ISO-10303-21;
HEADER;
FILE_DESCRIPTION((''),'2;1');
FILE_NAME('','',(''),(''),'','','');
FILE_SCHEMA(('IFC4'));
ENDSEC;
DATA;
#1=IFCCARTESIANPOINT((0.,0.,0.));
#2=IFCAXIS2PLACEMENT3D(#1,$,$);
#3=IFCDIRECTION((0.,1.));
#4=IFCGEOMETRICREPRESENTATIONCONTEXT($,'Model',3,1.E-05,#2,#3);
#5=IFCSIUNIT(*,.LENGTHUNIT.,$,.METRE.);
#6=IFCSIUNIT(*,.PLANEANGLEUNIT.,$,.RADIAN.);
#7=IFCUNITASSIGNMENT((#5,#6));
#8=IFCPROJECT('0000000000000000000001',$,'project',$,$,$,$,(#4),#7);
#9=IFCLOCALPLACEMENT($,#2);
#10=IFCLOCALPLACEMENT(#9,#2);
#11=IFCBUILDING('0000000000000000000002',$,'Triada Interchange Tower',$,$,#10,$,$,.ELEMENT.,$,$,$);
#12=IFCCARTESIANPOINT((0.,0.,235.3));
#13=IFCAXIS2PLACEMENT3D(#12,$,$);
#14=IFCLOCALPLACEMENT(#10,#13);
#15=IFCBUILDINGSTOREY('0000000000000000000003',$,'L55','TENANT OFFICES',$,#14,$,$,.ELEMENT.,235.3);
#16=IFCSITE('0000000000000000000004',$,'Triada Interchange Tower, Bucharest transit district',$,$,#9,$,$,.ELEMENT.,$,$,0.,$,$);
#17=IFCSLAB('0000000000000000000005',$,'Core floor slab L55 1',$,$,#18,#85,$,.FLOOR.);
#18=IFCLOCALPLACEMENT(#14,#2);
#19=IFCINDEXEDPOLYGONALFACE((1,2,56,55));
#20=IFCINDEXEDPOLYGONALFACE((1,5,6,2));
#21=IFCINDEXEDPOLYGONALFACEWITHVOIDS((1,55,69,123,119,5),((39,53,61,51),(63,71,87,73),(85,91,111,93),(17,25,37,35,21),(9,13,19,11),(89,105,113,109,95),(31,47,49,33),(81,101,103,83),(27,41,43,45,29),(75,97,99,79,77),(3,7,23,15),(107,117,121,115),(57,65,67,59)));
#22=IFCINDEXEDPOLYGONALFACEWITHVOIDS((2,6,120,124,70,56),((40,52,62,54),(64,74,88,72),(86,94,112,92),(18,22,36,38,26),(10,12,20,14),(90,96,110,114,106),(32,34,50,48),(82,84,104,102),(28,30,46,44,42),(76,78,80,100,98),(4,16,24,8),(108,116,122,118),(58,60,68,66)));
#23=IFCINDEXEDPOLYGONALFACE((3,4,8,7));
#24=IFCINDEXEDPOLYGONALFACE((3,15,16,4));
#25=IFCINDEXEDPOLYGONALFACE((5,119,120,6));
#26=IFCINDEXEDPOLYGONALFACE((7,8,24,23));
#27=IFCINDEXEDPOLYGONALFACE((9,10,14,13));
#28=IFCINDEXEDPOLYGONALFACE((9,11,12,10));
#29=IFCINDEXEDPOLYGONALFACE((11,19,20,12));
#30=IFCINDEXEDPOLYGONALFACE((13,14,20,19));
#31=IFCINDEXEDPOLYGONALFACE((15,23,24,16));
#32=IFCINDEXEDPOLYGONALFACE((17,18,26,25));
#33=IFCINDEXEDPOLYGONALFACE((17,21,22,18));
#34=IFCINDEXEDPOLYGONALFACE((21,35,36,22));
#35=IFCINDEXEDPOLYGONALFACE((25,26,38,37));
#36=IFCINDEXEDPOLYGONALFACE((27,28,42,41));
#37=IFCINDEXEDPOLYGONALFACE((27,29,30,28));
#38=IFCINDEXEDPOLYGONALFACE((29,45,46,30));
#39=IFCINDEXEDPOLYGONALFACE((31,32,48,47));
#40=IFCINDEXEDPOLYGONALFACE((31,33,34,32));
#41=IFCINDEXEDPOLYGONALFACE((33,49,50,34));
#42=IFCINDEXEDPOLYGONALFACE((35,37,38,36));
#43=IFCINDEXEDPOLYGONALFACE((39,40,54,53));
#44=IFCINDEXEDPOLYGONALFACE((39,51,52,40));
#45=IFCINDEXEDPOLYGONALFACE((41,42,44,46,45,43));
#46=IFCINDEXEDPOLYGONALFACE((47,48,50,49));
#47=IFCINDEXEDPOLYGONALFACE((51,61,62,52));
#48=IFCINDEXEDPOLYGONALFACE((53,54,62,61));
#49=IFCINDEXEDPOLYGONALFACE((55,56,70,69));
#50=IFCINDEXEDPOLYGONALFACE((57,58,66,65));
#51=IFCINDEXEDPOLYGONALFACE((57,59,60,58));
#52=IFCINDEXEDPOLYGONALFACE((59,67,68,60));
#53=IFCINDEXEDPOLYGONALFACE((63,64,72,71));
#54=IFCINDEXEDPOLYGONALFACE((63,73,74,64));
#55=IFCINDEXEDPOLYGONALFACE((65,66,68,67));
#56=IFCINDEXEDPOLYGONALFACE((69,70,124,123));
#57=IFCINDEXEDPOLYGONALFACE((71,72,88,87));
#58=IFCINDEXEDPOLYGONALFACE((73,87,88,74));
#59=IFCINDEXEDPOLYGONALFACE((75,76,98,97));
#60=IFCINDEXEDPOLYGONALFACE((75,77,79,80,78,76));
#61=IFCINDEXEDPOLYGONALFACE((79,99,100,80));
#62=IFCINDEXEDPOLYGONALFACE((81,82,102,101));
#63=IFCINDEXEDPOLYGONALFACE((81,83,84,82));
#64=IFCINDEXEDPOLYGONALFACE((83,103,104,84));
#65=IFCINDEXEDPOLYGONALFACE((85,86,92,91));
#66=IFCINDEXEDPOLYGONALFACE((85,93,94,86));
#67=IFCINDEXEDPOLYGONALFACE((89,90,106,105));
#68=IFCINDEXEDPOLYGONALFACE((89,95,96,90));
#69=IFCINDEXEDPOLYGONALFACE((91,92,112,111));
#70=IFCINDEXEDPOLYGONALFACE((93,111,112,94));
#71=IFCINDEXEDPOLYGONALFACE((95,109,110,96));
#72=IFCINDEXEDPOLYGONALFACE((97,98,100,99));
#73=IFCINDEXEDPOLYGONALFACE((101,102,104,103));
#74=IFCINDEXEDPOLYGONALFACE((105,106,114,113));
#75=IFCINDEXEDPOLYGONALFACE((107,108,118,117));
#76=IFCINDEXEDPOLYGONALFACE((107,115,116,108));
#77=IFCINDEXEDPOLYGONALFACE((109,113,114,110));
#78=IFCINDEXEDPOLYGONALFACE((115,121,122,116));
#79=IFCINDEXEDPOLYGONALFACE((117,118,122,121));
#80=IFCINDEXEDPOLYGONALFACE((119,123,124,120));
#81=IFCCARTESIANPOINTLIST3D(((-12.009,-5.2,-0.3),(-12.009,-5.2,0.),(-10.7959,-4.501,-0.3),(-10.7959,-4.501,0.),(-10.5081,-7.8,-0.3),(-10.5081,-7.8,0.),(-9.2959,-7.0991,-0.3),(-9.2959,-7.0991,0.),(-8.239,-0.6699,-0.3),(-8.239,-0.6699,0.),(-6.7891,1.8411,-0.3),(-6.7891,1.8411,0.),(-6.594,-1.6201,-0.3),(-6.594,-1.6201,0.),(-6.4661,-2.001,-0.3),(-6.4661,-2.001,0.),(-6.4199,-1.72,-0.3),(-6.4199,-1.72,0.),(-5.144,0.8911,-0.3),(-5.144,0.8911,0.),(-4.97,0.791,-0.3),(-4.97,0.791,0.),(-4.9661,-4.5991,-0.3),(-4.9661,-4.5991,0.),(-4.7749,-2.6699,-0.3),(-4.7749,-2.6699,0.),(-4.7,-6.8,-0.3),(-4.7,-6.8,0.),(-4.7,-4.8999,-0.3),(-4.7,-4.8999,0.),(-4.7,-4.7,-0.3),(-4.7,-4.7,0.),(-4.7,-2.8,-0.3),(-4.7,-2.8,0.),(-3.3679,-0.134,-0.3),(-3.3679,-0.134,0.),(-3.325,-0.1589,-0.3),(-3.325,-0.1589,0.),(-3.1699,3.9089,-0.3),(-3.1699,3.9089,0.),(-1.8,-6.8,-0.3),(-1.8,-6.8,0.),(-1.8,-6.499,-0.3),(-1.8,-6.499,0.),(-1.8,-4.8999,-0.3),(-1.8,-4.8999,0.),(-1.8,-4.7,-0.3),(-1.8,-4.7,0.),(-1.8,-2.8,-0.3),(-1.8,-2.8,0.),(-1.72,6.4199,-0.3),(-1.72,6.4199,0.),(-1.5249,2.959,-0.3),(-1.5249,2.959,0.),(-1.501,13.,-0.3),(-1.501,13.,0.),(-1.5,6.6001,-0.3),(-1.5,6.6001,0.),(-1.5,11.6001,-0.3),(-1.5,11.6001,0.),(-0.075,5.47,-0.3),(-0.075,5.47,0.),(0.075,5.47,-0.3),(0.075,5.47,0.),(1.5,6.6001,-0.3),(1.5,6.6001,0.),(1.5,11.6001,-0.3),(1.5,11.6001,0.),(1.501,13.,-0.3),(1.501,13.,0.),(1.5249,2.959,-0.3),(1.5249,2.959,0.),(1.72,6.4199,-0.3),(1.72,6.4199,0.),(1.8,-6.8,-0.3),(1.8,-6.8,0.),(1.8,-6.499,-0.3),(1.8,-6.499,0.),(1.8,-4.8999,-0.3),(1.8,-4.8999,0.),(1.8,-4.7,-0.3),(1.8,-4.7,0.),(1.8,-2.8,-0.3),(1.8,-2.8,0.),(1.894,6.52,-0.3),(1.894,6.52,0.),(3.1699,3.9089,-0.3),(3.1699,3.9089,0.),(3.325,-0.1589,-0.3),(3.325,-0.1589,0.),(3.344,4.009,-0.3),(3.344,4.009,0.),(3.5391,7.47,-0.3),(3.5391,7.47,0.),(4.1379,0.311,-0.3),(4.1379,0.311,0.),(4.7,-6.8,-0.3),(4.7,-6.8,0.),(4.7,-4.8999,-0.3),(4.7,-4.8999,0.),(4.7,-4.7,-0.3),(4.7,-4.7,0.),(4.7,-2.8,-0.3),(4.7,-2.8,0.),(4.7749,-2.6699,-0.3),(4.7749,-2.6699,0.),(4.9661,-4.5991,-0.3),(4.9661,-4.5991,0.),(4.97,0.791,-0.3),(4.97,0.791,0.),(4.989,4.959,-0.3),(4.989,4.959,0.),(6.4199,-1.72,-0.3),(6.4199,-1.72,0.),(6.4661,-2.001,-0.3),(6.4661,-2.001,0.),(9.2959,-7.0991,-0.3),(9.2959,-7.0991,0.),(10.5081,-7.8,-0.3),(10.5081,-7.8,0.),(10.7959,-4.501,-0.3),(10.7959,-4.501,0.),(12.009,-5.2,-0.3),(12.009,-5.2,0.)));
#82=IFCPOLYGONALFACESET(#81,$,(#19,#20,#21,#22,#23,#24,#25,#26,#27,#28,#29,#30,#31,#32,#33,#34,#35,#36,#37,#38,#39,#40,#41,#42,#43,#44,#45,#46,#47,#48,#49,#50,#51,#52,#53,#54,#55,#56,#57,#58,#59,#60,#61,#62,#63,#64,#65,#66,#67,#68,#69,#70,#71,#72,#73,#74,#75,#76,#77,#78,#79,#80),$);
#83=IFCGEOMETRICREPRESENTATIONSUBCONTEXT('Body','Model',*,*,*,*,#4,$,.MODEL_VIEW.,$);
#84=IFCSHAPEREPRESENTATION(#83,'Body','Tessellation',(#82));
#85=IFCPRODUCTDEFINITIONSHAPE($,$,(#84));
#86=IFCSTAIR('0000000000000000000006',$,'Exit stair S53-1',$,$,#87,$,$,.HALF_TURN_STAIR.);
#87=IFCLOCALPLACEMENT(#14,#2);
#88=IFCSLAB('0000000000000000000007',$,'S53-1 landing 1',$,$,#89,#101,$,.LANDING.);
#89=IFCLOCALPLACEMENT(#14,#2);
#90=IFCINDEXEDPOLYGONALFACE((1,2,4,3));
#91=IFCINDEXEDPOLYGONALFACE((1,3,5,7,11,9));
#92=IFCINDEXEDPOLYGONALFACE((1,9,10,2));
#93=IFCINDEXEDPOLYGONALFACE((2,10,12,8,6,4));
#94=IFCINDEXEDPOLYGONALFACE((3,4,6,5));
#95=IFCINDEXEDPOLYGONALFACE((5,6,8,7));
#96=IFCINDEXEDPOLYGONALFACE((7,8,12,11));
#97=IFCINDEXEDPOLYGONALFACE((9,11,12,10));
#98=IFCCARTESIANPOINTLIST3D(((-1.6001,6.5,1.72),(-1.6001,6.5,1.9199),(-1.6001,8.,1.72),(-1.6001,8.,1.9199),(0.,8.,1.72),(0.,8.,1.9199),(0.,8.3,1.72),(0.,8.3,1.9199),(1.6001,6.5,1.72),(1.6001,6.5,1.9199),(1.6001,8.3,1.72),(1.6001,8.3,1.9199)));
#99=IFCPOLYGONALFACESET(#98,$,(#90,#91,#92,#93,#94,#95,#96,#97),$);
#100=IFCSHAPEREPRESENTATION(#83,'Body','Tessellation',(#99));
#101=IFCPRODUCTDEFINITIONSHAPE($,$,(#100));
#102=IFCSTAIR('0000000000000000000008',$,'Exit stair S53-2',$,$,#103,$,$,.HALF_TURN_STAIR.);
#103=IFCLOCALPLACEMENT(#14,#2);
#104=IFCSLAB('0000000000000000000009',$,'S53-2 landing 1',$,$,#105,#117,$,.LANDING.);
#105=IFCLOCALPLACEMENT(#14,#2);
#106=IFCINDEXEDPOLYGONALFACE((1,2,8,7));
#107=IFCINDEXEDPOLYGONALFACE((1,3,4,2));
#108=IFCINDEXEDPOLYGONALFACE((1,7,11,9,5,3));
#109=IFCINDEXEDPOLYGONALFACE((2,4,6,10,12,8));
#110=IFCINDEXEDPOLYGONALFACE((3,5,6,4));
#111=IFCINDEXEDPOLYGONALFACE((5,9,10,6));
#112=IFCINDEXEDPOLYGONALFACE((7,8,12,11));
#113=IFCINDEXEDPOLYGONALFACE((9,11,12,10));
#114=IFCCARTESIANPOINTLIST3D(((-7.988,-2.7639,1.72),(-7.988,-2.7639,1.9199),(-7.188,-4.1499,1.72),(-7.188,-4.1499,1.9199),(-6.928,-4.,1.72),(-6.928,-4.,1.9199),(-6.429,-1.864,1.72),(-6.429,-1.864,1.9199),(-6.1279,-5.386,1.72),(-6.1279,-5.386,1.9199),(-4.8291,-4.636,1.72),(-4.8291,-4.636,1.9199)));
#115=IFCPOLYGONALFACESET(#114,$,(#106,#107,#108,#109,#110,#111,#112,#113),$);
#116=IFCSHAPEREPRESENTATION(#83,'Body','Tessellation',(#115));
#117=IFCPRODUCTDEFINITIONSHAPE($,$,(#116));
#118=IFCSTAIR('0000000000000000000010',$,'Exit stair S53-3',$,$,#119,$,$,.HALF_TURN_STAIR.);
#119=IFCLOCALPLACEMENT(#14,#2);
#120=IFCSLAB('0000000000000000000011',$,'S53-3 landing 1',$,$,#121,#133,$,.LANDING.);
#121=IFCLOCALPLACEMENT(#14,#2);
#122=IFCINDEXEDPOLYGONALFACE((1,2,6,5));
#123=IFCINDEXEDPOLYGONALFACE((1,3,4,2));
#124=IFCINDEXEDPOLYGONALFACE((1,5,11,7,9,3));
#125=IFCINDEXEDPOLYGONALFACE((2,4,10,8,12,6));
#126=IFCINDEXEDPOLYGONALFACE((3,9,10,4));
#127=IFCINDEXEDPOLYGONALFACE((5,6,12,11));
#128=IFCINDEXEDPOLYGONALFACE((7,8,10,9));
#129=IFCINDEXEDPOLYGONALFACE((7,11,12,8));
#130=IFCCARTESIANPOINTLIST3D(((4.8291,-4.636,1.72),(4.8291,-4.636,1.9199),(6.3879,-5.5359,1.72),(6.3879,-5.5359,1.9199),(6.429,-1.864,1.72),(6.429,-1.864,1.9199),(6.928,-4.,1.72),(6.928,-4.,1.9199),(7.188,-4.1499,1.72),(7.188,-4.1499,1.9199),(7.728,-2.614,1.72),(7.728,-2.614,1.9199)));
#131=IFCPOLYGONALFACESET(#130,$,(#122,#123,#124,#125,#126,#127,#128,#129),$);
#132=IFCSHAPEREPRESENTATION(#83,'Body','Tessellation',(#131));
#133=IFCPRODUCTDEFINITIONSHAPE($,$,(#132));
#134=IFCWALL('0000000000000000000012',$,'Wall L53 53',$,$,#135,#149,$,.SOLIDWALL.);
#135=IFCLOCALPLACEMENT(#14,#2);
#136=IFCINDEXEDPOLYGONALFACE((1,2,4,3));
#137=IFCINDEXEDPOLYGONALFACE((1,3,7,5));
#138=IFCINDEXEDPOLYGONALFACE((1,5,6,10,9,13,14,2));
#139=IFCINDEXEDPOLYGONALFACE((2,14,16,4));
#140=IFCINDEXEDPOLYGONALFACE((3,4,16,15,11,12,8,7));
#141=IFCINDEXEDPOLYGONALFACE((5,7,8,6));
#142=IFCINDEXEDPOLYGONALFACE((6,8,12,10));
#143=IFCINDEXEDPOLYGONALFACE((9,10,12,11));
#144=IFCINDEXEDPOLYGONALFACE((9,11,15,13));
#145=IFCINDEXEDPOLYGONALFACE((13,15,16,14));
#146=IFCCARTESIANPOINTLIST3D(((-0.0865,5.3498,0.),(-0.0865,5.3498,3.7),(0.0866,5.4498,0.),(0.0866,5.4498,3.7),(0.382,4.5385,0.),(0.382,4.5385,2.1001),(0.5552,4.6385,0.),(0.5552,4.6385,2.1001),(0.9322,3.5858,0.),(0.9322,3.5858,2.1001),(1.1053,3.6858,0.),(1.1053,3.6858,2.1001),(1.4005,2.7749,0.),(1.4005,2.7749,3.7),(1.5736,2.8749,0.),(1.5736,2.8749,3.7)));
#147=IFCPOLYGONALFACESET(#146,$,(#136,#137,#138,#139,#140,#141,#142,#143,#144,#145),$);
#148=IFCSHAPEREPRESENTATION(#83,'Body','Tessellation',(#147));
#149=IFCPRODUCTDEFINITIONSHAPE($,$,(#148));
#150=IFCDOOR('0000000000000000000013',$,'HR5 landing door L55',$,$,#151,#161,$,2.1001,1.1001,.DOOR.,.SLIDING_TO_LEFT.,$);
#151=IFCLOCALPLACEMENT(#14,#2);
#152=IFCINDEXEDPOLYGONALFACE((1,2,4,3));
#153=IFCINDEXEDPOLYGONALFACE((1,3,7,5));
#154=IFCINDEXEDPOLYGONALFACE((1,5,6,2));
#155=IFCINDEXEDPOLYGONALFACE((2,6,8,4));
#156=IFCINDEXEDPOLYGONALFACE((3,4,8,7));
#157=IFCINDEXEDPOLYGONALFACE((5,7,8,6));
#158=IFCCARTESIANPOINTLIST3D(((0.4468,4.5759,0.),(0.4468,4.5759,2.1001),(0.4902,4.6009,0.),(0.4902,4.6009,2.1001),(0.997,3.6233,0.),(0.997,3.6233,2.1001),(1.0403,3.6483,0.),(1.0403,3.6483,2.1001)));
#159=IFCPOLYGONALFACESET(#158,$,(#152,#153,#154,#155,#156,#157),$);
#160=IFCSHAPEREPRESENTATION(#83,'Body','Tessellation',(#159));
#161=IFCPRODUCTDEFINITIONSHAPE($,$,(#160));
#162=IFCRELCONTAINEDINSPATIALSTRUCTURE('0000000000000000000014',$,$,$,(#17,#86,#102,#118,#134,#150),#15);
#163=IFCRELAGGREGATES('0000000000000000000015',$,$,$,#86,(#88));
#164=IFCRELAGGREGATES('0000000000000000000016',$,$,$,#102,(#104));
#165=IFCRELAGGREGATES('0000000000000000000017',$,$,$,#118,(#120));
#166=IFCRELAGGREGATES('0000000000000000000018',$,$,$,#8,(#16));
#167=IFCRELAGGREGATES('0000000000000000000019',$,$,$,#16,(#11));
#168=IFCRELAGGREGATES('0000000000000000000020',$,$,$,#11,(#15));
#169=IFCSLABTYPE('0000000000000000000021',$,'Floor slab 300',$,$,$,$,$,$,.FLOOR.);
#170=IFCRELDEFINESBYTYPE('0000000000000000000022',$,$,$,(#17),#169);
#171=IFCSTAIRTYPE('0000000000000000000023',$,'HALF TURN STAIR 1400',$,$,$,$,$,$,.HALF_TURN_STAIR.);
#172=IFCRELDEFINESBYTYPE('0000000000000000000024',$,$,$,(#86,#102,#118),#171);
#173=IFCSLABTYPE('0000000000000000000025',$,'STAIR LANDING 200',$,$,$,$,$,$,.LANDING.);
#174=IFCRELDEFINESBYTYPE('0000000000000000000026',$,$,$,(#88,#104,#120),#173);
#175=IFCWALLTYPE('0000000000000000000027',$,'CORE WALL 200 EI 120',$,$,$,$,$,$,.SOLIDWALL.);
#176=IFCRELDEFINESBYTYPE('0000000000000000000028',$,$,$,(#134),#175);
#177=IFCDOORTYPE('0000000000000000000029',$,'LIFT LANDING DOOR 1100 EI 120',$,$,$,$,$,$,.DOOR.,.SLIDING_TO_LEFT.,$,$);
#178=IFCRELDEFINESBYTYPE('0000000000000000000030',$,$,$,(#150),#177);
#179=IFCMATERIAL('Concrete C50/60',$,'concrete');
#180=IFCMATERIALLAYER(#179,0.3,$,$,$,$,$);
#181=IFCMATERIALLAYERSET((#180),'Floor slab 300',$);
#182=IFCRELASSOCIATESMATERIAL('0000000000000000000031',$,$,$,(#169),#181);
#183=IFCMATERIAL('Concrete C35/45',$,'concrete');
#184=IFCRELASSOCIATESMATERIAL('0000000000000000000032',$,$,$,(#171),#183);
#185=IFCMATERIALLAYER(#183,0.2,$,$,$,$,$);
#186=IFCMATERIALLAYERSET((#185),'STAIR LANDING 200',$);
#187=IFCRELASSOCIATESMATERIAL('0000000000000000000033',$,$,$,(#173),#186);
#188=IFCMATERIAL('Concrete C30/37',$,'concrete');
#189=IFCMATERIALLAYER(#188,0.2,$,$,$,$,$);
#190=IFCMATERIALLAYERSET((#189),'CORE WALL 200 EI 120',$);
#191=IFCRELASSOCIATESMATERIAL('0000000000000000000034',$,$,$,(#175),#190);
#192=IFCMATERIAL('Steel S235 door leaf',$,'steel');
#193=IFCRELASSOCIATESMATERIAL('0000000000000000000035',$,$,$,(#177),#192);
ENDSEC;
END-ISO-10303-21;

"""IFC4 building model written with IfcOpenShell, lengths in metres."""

from ifc_helpers import new_model, si_unit, direction, frame, frame_2d, origin, place, context, subcontext, project, spatial, polyline, rectangle, outline, extrude, material, layer, layer_set, type_object, element, fill, aggregate, save


model = new_model("IFC4")

# Units and contexts
model_context = context("Model", 3, precision=1e-05, world=origin(), true_north=direction((0.0, 1.0)))
body_context = subcontext(model_context, "Body", "Model", "MODEL_VIEW")
ifc_project = project(units=[si_unit("LENGTHUNIT", "METRE"), si_unit("PLANEANGLEUNIT", "RADIAN")], contexts=[model_context])

# Site, building, storey
site_placement = place(None, origin())
site = spatial("IfcSite", under=ifc_project, at=site_placement, Name="Triada Interchange Tower, Bucharest transit district", CompositionType="ELEMENT", RefElevation=0.0)
building_placement = place(site_placement, origin())
building = spatial("IfcBuilding", under=site, at=building_placement, Name="Triada Interchange Tower", CompositionType="ELEMENT")
storey_placement = place(building_placement, frame((0.0, 0.0, 235.3)))
storey = spatial("IfcBuildingStorey", under=building, at=storey_placement, Name="L55", Description="TENANT OFFICES", CompositionType="ELEMENT", Elevation=235.3)

# Slab
ifc_material_1 = material(Name="Concrete C50/60", Category="concrete")
ifc_layer_1 = layer(ifc_material_1, 0.3)
ifc_layer_set_1 = layer_set([ifc_layer_1], Name="Floor slab 300")
slab_type_1 = type_object("IfcSlabType", Name="Floor slab 300", PredefinedType="FLOOR", material=ifc_layer_set_1)
slab_1_placement = place(storey_placement, frame((0.0, 0.0, -0.3)))
element("IfcSlab", 1, at=slab_1_placement, inside=storey, type_object=slab_type_1, Name="Core floor slab L55 1", PredefinedType="FLOOR", context=body_context, shape_type="SweptSolid", body=[
    extrude(outline(polyline([(12.009, -5.2), (10.5081, -7.8), (-10.5081, -7.8), (-12.009, -5.2), (-1.501, 13.0), (1.501, 13.0), (12.009, -5.2)]), holes=[polyline([(9.2959, -7.0991), (10.7959, -4.501), (6.4661, -2.001), (4.9661, -4.5991), (9.2959, -7.0991)]), polyline([(4.7749, -2.6699), (6.4199, -1.72), (4.97, 0.791), (4.1379, 0.311), (3.325, -0.1589), (4.7749, -2.6699)]), polyline([(1.894, 6.52), (3.344, 4.009), (4.989, 4.959), (3.5391, 7.47), (1.894, 6.52)]), polyline([(1.8, -4.8999), (1.8, -6.499), (1.8, -6.8), (4.7, -6.8), (4.7, -4.8999), (1.8, -4.8999)]), polyline([(4.7, -2.8), (1.8, -2.8), (1.8, -4.7), (4.7, -4.7), (4.7, -2.8)]), polyline([(0.075, 5.47), (1.5249, 2.959), (3.1699, 3.9089), (1.72, 6.4199), (0.075, 5.47)]), polyline([(-1.5, 11.6001), (-1.5, 6.6001), (1.5, 6.6001), (1.5, 11.6001), (-1.5, 11.6001)]), polyline([(-1.5249, 2.959), (-0.075, 5.47), (-1.72, 6.4199), (-3.1699, 3.9089), (-1.5249, 2.959)]), polyline([(-1.8, -2.8), (-4.7, -2.8), (-4.7, -4.7), (-1.8, -4.7), (-1.8, -2.8)]), polyline([(-4.7, -6.8), (-1.8, -6.8), (-1.8, -6.499), (-1.8, -4.8999), (-4.7, -4.8999), (-4.7, -6.8)]), polyline([(-3.3679, -0.134), (-4.97, 0.791), (-6.4199, -1.72), (-4.7749, -2.6699), (-3.325, -0.1589), (-3.3679, -0.134)]), polyline([(-10.7959, -4.501), (-9.2959, -7.0991), (-4.9661, -4.5991), (-6.4661, -2.001), (-10.7959, -4.501)]), polyline([(-6.594, -1.6201), (-5.144, 0.8911), (-6.7891, 1.8411), (-8.239, -0.6699), (-6.594, -1.6201)])]), origin(), (0.0, 0.0, 1.0), 0.3),
])

# Stairs, slabs
ifc_material_2 = material(Name="Concrete C35/45", Category="concrete")
stair_type = type_object("IfcStairType", Name="HALF TURN STAIR 1400", PredefinedType="HALF_TURN_STAIR", material=ifc_material_2)
stair_1_placement = place(storey_placement, origin())
stair_1 = element("IfcStair", 2, at=stair_1_placement, inside=storey, type_object=stair_type, Name="Exit stair S53-1", PredefinedType="HALF_TURN_STAIR")
ifc_layer_2 = layer(ifc_material_2, 0.2)
ifc_layer_set_2 = layer_set([ifc_layer_2], Name="STAIR LANDING 200")
slab_type_2 = type_object("IfcSlabType", Name="STAIR LANDING 200", PredefinedType="LANDING", material=ifc_layer_set_2)
slab_2_placement = place(storey_placement, frame((0.0, 0.0, 1.72)))
slab_2 = element("IfcSlab", 3, at=slab_2_placement, type_object=slab_type_2, Name="S53-1 landing 1", PredefinedType="LANDING", context=body_context, shape_type="SweptSolid", body=[
    extrude(outline(polyline([(1.6001, 6.5), (1.6001, 8.3), (0.0, 8.3), (0.0, 8.0), (-1.6001, 8.0), (-1.6001, 6.5), (1.6001, 6.5)])), origin(), (0.0, 0.0, 1.0), 0.2),
])
aggregate(stair_1, [slab_2])
stair_2_placement = place(storey_placement, origin())
stair_2 = element("IfcStair", 4, at=stair_2_placement, inside=storey, type_object=stair_type, Name="Exit stair S53-2", PredefinedType="HALF_TURN_STAIR")
slab_3_placement = place(storey_placement, frame((0.0, 0.0, 1.72)))
slab_3 = element("IfcSlab", 5, at=slab_3_placement, type_object=slab_type_2, Name="S53-2 landing 1", PredefinedType="LANDING", context=body_context, shape_type="SweptSolid", body=[
    extrude(outline(polyline([(-6.429, -1.864), (-7.988, -2.7639), (-7.188, -4.1499), (-6.928, -4.0), (-6.1279, -5.386), (-4.8291, -4.636), (-6.429, -1.864)])), origin(), (0.0, 0.0, 1.0), 0.2),
])
aggregate(stair_2, [slab_3])
stair_3_placement = place(storey_placement, origin())
stair_3 = element("IfcStair", 6, at=stair_3_placement, inside=storey, type_object=stair_type, Name="Exit stair S53-3", PredefinedType="HALF_TURN_STAIR")
slab_4_placement = place(storey_placement, frame((0.0, 0.0, 1.72)))
slab_4 = element("IfcSlab", 7, at=slab_4_placement, type_object=slab_type_2, Name="S53-3 landing 1", PredefinedType="LANDING", context=body_context, shape_type="SweptSolid", body=[
    extrude(outline(polyline([(4.8291, -4.636), (6.3879, -5.5359), (7.188, -4.1499), (6.928, -4.0), (7.728, -2.614), (6.429, -1.864), (4.8291, -4.636)])), origin(), (0.0, 0.0, 1.0), 0.2),
])
aggregate(stair_3, [slab_4])

# Wall, opening, door
ifc_material_3 = material(Name="Concrete C30/37", Category="concrete")
ifc_layer_3 = layer(ifc_material_3, 0.2)
ifc_layer_set_3 = layer_set([ifc_layer_3], Name="CORE WALL 200 EI 120")
wall_type_1 = type_object("IfcWallType", Name="CORE WALL 200 EI 120", PredefinedType="SOLIDWALL", material=ifc_layer_set_3)
wall_1_placement = place(storey_placement, frame((0.0, 5.3999, 0.0), z_axis=(0.0, 0.0, 1.0), x_axis=(0.500104, -0.865965, 0.0)))
wall_1 = element("IfcWall", 8, at=wall_1_placement, inside=storey, type_object=wall_type_1, Name="Wall L53 53", PredefinedType="SOLIDWALL", context=body_context, shape_type="SweptSolid", body=[
    extrude(rectangle(XDim=2.9734, YDim=0.2, at=frame_2d((1.4868, 0.0))), origin(), (0.0, 0.0, 1.0), 3.7),
])
opening_1_placement = place(wall_1_placement, frame((0.937, 0.0, 0.0)))
opening_1 = element("IfcOpeningElement", 9, at=opening_1_placement, cuts=wall_1, PredefinedType="OPENING", context=body_context, shape_type="SweptSolid", body=[
    extrude(rectangle(XDim=1.1001, YDim=2.1001, at=frame_2d((0.55, 1.05))), frame((0.0, 0.1099, 0.0), z_axis=(0.0, -1.0, 0.0), x_axis=(1.0, 0.0, 0.0)), (0.0, 0.0, 1.0), 0.22),
])
ifc_material_4 = material(Name="Steel S235 door leaf", Category="steel")
door_type_1 = type_object("IfcDoorType", Name="LIFT LANDING DOOR 1100 EI 120", OperationType="SLIDING_TO_LEFT", PredefinedType="DOOR", material=ifc_material_4)
door_1_placement = place(opening_1_placement, origin())
door_1 = element("IfcDoor", 10, at=door_1_placement, inside=storey, type_object=door_type_1, Name="HR5 landing door L55", OperationType="SLIDING_TO_LEFT", OverallHeight=2.1001, OverallWidth=1.1001, PredefinedType="DOOR", context=body_context, shape_type="SweptSolid", body=[
    extrude(rectangle(XDim=1.1001, YDim=2.1001, at=frame_2d((0.55, 1.05))), frame((0.0, 0.0249, 0.0), z_axis=(0.0, -1.0, 0.0), x_axis=(1.0, 0.0, 0.0)), (0.0, 0.0, 1.0), 0.05),
])
fill(opening_1, door_1)

save(model, "model.ifc")
